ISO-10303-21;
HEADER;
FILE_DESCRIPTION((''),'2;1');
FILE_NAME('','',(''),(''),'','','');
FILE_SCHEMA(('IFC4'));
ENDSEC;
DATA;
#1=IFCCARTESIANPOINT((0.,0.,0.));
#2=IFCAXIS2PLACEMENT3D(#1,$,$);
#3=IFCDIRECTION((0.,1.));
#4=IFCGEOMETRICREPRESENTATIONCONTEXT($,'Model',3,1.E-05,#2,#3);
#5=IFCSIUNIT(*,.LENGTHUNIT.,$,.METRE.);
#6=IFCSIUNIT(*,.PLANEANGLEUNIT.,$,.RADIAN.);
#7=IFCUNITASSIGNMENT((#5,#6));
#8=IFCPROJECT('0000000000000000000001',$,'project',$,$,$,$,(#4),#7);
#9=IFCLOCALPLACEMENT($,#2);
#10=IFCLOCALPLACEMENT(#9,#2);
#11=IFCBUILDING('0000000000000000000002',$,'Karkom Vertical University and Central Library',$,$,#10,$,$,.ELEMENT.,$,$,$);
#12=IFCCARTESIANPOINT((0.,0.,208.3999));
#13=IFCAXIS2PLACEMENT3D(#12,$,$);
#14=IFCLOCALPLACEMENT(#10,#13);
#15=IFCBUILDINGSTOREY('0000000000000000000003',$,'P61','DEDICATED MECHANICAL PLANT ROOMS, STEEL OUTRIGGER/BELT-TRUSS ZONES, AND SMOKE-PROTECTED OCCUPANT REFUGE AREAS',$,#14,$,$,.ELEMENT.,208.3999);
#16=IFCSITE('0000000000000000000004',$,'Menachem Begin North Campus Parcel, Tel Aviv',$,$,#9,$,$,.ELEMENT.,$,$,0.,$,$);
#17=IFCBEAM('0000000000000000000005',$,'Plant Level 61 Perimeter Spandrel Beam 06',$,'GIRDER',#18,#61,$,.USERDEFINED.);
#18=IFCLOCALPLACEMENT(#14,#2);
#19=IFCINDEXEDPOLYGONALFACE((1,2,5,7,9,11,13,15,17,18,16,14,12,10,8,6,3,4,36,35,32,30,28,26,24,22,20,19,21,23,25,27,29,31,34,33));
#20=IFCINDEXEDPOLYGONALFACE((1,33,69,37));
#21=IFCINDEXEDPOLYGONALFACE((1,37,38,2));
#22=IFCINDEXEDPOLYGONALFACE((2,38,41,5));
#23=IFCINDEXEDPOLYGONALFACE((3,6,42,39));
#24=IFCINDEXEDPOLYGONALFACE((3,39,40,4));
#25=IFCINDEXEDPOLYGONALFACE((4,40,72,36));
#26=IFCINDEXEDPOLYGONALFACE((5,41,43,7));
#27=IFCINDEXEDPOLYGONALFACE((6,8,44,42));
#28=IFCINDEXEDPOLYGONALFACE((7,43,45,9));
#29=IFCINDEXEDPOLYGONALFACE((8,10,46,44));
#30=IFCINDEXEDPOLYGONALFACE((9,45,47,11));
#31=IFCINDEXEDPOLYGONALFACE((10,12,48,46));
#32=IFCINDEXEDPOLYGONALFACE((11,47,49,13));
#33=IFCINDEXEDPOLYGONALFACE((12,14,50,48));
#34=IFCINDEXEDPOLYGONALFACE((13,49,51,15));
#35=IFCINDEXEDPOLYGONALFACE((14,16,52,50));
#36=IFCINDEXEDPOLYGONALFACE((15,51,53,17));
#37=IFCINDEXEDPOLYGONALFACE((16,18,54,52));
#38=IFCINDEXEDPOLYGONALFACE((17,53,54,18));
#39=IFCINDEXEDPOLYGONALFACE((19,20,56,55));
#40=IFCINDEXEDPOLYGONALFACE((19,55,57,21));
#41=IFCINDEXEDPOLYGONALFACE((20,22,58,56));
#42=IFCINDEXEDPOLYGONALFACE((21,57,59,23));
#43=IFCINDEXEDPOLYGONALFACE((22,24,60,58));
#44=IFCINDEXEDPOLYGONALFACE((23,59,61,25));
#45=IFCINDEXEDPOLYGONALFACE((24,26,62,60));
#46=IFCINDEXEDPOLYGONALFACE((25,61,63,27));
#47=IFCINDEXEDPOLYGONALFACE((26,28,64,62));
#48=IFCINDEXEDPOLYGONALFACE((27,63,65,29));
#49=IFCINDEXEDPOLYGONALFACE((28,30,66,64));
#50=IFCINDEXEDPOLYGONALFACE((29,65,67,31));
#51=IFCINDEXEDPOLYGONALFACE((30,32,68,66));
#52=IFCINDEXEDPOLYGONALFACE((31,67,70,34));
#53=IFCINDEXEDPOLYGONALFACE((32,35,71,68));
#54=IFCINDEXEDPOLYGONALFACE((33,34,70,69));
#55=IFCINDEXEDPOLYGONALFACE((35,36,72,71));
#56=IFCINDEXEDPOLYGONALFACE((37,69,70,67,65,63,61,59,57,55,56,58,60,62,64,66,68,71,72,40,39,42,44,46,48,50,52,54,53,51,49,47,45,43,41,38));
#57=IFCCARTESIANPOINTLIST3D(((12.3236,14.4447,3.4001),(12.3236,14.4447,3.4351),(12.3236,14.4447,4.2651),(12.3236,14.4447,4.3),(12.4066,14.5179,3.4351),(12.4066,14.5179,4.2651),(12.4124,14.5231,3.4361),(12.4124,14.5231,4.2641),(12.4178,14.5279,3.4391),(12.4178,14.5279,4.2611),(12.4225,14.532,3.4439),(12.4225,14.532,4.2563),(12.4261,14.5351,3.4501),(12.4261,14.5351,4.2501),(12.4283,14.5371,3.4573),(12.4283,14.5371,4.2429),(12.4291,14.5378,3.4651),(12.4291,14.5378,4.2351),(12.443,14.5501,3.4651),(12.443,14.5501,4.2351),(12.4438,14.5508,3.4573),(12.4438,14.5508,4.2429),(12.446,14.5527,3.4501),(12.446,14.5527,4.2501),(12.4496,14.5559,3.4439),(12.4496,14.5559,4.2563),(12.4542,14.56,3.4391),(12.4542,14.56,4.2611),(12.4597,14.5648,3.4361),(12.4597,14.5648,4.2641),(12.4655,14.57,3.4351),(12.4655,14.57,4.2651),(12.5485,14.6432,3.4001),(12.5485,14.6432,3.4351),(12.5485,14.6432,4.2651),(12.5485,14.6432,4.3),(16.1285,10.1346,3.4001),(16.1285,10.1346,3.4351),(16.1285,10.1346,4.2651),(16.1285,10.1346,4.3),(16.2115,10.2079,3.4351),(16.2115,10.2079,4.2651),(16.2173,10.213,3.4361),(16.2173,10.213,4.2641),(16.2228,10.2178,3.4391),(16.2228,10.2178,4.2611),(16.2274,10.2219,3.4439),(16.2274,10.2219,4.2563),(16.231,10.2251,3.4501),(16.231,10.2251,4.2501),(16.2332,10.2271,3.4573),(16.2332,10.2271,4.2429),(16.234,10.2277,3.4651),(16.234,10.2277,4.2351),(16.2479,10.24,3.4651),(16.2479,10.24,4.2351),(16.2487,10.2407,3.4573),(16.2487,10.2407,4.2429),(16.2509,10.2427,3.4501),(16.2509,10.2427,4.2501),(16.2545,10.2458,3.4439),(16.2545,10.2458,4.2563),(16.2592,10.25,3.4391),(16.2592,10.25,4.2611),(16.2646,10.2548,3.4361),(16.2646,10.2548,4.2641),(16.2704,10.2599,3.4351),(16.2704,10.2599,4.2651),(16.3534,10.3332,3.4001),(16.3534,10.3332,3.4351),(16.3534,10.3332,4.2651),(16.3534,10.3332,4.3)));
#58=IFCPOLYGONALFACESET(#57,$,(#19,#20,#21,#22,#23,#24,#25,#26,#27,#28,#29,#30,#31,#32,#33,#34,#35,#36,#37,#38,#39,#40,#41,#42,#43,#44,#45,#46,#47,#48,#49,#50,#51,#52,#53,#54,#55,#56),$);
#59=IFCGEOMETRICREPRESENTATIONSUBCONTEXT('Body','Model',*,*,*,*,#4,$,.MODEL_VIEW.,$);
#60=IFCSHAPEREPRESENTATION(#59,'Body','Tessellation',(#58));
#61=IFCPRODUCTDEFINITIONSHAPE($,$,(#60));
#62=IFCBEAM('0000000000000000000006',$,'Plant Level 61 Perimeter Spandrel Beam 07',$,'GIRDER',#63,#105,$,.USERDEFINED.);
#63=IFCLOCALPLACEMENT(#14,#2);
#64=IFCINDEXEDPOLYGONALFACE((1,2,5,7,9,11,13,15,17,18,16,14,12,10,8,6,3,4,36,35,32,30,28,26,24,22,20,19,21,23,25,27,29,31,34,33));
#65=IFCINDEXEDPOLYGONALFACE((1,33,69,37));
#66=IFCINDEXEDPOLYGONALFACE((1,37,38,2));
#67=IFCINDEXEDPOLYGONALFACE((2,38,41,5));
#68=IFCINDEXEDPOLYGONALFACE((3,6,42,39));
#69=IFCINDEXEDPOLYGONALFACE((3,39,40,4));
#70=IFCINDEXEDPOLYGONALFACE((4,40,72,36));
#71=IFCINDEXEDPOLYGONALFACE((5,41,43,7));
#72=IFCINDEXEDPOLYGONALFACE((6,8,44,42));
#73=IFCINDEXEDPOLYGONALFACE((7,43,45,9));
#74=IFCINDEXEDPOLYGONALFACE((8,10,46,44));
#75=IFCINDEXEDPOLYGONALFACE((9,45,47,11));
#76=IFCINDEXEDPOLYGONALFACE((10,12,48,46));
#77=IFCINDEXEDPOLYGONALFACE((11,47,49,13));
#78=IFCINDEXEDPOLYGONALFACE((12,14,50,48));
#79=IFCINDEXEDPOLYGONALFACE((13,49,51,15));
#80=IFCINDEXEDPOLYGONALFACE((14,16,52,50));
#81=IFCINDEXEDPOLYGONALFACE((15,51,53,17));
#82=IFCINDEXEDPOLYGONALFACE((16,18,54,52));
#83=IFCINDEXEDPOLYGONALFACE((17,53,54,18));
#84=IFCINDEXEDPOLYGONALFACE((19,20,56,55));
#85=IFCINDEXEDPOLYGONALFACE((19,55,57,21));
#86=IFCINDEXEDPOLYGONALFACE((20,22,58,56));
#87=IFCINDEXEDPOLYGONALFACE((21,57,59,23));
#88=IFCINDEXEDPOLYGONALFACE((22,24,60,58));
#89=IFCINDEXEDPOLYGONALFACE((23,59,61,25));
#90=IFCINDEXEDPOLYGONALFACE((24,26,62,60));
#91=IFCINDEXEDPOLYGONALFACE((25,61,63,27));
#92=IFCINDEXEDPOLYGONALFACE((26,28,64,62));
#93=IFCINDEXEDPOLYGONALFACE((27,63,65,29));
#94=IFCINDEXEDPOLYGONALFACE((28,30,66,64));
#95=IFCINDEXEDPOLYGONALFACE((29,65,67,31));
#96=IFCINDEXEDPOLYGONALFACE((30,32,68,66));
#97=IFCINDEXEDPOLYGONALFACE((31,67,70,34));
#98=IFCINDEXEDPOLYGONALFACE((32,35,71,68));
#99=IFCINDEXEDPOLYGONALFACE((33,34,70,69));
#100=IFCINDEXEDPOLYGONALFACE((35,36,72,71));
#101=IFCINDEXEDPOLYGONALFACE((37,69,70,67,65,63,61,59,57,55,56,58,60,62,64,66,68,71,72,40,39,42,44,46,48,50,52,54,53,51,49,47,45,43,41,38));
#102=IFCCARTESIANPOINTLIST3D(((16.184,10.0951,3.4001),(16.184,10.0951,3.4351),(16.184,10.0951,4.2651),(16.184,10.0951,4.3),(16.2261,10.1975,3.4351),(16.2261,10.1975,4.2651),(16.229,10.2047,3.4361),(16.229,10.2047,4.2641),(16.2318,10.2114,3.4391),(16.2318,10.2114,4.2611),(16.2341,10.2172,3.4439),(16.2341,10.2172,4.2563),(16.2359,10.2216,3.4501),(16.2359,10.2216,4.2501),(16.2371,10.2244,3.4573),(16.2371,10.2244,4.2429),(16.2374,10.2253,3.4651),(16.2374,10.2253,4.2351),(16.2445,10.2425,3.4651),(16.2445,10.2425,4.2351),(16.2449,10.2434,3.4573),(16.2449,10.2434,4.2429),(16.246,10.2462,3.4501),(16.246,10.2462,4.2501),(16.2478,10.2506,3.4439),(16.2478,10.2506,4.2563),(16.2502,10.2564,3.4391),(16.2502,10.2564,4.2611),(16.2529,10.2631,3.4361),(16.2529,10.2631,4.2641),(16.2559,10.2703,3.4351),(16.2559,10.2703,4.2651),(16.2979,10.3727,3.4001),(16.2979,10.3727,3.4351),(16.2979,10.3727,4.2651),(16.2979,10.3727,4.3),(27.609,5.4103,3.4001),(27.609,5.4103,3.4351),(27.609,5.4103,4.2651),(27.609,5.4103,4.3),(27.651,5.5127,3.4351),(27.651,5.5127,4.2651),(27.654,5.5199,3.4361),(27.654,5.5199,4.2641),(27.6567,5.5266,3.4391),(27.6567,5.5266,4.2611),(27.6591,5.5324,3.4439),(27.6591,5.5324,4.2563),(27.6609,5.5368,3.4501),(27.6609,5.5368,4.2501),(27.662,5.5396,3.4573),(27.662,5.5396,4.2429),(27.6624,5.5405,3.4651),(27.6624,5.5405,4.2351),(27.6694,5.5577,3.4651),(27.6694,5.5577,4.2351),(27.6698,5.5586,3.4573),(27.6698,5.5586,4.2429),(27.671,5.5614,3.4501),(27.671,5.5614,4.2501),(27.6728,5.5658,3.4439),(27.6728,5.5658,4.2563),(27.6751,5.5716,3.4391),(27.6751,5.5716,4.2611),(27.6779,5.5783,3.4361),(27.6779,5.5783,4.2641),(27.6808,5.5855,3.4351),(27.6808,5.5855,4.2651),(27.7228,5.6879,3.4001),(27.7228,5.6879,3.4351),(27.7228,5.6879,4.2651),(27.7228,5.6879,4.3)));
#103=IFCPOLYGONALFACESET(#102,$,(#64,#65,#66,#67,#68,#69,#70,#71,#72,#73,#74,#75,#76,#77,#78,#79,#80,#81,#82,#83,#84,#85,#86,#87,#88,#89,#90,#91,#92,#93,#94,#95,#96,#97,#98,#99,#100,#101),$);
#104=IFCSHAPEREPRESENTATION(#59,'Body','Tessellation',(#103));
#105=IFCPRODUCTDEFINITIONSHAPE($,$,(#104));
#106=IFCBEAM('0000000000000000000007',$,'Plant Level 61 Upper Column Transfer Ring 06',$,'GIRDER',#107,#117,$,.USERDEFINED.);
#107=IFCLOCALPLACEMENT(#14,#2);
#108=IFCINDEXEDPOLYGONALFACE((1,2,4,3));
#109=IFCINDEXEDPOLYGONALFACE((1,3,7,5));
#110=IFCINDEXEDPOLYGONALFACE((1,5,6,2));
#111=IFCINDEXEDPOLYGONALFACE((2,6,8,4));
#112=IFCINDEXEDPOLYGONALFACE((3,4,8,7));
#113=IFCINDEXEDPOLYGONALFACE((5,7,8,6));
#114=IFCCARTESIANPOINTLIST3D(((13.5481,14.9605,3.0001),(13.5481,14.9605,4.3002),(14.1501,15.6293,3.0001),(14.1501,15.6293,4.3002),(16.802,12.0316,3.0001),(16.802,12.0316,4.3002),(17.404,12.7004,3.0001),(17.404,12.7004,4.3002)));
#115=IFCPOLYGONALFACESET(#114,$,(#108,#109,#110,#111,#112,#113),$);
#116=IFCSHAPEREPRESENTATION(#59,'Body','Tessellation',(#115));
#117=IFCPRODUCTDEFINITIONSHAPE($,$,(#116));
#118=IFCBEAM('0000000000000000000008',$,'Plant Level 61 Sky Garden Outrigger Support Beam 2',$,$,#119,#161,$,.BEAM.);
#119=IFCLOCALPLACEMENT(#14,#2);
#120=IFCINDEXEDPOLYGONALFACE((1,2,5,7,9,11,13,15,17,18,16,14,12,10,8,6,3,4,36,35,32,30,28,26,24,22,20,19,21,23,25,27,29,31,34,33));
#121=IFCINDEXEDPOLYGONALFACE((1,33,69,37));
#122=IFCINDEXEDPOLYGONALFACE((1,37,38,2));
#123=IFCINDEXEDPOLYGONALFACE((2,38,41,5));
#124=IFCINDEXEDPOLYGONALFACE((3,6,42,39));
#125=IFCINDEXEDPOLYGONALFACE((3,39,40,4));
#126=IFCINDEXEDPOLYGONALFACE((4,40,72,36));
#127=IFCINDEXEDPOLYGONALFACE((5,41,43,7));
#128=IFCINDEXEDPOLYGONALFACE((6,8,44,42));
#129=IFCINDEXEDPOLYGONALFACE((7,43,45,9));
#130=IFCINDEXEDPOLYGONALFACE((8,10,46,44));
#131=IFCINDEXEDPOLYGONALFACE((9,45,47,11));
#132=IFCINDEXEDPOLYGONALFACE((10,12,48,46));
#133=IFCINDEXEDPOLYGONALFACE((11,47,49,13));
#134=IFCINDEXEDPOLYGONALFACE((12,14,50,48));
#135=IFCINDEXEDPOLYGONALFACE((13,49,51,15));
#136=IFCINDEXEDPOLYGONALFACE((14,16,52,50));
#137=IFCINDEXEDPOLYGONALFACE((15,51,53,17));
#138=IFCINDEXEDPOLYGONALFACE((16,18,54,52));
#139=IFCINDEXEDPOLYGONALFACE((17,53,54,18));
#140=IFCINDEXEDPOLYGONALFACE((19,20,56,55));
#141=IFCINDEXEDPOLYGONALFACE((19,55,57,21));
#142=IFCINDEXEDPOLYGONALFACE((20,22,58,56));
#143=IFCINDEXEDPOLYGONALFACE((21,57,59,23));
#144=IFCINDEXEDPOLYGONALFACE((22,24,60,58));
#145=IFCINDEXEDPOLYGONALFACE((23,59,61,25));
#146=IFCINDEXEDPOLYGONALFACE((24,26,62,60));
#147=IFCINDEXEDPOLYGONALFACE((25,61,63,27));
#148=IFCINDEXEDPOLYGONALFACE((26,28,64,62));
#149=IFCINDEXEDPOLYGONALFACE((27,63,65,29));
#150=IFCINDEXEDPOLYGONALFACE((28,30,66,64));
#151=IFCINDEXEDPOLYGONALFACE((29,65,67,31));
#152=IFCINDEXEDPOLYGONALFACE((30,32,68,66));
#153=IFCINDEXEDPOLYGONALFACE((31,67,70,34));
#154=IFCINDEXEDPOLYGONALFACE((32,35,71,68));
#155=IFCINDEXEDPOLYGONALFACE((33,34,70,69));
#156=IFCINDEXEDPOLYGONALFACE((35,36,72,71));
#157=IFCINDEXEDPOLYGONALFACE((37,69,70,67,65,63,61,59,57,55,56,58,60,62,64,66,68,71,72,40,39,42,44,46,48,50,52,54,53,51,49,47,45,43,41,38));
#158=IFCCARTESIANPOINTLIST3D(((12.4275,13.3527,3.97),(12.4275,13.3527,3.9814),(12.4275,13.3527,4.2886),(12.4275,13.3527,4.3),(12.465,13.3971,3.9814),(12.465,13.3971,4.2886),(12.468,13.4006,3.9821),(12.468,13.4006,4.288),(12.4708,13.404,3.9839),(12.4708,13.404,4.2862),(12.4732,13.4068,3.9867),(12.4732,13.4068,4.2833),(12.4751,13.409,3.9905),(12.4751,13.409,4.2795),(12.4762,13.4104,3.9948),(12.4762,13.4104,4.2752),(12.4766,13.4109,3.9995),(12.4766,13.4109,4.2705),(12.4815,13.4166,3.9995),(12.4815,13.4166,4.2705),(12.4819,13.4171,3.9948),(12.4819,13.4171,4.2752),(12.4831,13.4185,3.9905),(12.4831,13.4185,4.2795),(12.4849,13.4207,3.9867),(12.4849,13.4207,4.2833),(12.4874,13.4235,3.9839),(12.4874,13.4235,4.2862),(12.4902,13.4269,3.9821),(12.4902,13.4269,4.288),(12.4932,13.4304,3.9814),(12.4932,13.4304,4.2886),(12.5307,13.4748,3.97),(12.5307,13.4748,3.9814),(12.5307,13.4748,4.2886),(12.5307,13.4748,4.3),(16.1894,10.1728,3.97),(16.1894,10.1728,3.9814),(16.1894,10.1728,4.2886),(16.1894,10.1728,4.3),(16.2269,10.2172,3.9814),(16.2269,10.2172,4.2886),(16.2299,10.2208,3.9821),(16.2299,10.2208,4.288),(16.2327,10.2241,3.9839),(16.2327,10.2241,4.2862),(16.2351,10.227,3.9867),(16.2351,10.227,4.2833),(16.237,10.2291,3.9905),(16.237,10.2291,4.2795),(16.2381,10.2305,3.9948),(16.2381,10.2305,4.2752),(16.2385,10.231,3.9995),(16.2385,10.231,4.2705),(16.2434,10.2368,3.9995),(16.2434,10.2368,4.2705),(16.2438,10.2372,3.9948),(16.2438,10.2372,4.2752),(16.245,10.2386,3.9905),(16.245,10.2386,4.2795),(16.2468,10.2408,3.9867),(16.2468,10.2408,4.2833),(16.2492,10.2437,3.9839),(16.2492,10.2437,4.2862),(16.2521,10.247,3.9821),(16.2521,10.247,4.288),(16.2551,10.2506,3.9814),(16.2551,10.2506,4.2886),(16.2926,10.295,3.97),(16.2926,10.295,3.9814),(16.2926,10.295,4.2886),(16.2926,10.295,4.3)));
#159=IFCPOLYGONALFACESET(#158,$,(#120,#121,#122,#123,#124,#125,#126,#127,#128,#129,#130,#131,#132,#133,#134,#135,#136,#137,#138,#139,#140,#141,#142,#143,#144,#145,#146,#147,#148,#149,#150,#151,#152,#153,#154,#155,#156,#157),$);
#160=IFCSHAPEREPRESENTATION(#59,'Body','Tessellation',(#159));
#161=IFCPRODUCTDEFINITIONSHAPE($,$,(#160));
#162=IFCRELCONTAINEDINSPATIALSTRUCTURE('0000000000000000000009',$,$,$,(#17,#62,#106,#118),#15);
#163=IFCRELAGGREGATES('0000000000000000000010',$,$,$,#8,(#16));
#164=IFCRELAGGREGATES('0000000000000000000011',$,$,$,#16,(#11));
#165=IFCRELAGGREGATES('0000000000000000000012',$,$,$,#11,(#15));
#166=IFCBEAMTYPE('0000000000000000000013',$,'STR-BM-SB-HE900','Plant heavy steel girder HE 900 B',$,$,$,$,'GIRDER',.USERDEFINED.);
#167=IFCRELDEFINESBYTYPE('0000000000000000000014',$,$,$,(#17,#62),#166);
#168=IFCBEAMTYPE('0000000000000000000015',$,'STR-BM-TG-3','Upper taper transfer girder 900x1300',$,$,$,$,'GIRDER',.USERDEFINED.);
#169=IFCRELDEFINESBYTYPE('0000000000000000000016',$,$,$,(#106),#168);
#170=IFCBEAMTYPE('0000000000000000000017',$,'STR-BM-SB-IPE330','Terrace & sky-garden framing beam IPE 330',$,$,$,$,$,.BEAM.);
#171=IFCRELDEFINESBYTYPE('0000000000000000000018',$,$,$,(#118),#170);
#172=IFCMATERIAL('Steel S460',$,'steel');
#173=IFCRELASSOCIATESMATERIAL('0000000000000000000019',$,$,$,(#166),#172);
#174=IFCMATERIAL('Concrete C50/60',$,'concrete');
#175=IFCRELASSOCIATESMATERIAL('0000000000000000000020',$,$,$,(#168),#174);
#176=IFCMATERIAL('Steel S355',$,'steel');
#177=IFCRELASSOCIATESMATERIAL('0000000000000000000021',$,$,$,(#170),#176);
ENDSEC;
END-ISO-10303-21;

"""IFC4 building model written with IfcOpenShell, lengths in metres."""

from ifc_helpers import new_model, si_unit, direction, frame, origin, origin_with_axes, origin_2d, place, context, subcontext, project, spatial, rectangle, i_section, extrude, source, transform, mapped, material, material_profile, profile_set, type_object, element, save


model = new_model("IFC4")

# Units and contexts
model_context = context("Model", 3, precision=1e-05, world=origin(), true_north=direction((0.0, 1.0)))
body_context = subcontext(model_context, "Body", "Model", "MODEL_VIEW")
ifc_project = project(units=[si_unit("LENGTHUNIT", "METRE"), si_unit("PLANEANGLEUNIT", "RADIAN")], contexts=[model_context])

# Site, building, storey
site_placement = place(None, origin())
site = spatial("IfcSite", under=ifc_project, at=site_placement, Name="Menachem Begin North Campus Parcel, Tel Aviv", CompositionType="ELEMENT", RefElevation=0.0)
building_placement = place(site_placement, origin())
building = spatial("IfcBuilding", under=site, at=building_placement, Name="Karkom Vertical University and Central Library", CompositionType="ELEMENT")
storey_placement = place(building_placement, frame((0.0, 0.0, 208.3999)))
storey = spatial("IfcBuildingStorey", under=building, at=storey_placement, Name="P61", Description="DEDICATED MECHANICAL PLANT ROOMS, STEEL OUTRIGGER/BELT-TRUSS ZONES, AND SMOKE-PROTECTED OCCUPANT REFUGE AREAS", CompositionType="ELEMENT", Elevation=208.3999)

# Shared definitions
ifc_material_1 = material(Name="Concrete C50/60", Category="concrete")

# Beams
ifc_material_2 = material(Name="Steel S355", Category="steel")
ifc_material_3 = material(Name="Steel S460", Category="steel")
ifc_material_profile_1 = material_profile(ifc_material_3, i_section(OverallWidth=0.3, OverallDepth=0.8999, WebThickness=0.0186, FlangeThickness=0.0349, FilletRadius=0.03, at=origin_2d()), Name="HE 900 B")
ifc_profile_set_1 = profile_set([ifc_material_profile_1], Name="Steel S460")
beam_type_1 = type_object("IfcBeamType", Name="STR-BM-SB-HE900", Description="Plant heavy steel girder HE 900 B", ElementType="GIRDER", PredefinedType="USERDEFINED", material=ifc_profile_set_1)
shared_shape_1 = source(origin_with_axes(), body_context, "Body", "SweptSolid", [
    extrude(i_section(OverallWidth=0.3, OverallDepth=0.8999, WebThickness=0.0186, FlangeThickness=0.0349, FilletRadius=0.03, at=origin_2d()), origin(), (0.0, 0.0, 1.0), 5.7493),
])
beam_1_placement = place(storey_placement, frame((12.436, 14.5439, 3.8501), z_axis=(0.661811, -0.749671, 0.0), x_axis=(0.749671, 0.661811, 0.0)))
element("IfcBeam", 1, at=beam_1_placement, inside=storey, type_object=beam_type_1, Name="Plant Level 61 Perimeter Spandrel Beam 06", ObjectType="GIRDER", PredefinedType="USERDEFINED", context=body_context, shape_type="MappedRepresentation", body=[
    mapped(shared_shape_1, transform((0.0, 0.0, 0.0), scale=1.0)),
])
shared_shape_2 = source(origin_with_axes(), body_context, "Body", "SweptSolid", [
    extrude(i_section(OverallWidth=0.3, OverallDepth=0.8999, WebThickness=0.0186, FlangeThickness=0.0349, FilletRadius=0.03, at=origin_2d()), origin(), (0.0, 0.0, 1.0), 12.3481),
])
beam_2_placement = place(storey_placement, frame((16.241, 10.2339, 3.8501), z_axis=(0.925236, -0.379391, 0.0), x_axis=(0.379391, 0.925236, 0.0)))
element("IfcBeam", 2, at=beam_2_placement, inside=storey, type_object=beam_type_1, Name="Plant Level 61 Perimeter Spandrel Beam 07", ObjectType="GIRDER", PredefinedType="USERDEFINED", context=body_context, shape_type="MappedRepresentation", body=[
    mapped(shared_shape_2, transform((0.0, 0.0, 0.0), scale=1.0)),
])
ifc_material_profile_2 = material_profile(ifc_material_1, rectangle(XDim=0.8999, YDim=1.3, at=origin_2d()), Name="TG-900x1300")
ifc_profile_set_2 = profile_set([ifc_material_profile_2], Name="Concrete C50/60")
beam_type_2 = type_object("IfcBeamType", Name="STR-BM-TG-3", Description="Upper taper transfer girder 900x1300", ElementType="GIRDER", PredefinedType="USERDEFINED", material=ifc_profile_set_2)
shared_shape_3 = source(origin_with_axes(), body_context, "Body", "SweptSolid", [
    extrude(rectangle(XDim=0.8999, YDim=1.3, at=origin_2d()), origin(), (0.0, 0.0, 1.0), 4.3779),
])
beam_3_placement = place(storey_placement, frame((13.8491, 15.2949, 3.6501), z_axis=(0.743244, -0.66902, 0.0), x_axis=(0.66902, 0.743244, 0.0)))
element("IfcBeam", 3, at=beam_3_placement, inside=storey, type_object=beam_type_2, Name="Plant Level 61 Upper Column Transfer Ring 06", ObjectType="GIRDER", PredefinedType="USERDEFINED", context=body_context, shape_type="MappedRepresentation", body=[
    mapped(shared_shape_3, transform((0.0, 0.0, 0.0), scale=1.0)),
])
ifc_material_profile_3 = material_profile(ifc_material_2, i_section(OverallWidth=0.1599, OverallDepth=0.3301, WebThickness=0.0076, FlangeThickness=0.0115, FilletRadius=0.0181, at=origin_2d()), Name="IPE 330")
ifc_profile_set_3 = profile_set([ifc_material_profile_3], Name="Steel S355")
beam_type_3 = type_object("IfcBeamType", Name="STR-BM-SB-IPE330", Description="Terrace & sky-garden framing beam IPE 330", PredefinedType="BEAM", material=ifc_profile_set_3)
shared_shape_4 = source(origin_with_axes(), body_context, "Body", "SweptSolid", [
    extrude(i_section(OverallWidth=0.1599, OverallDepth=0.3301, WebThickness=0.0076, FlangeThickness=0.0115, FilletRadius=0.0181, at=origin_2d()), origin(), (0.0, 0.0, 1.0), 4.9258),
])
beam_4_placement = place(storey_placement, frame((16.241, 10.2339, 4.135), z_axis=(-0.763713, 0.645556, 0.0), x_axis=(-0.645556, -0.763713, 0.0)))
element("IfcBeam", 4, at=beam_4_placement, inside=storey, type_object=beam_type_3, Name="Plant Level 61 Sky Garden Outrigger Support Beam 2", PredefinedType="BEAM", context=body_context, shape_type="MappedRepresentation", body=[
    mapped(shared_shape_4, transform((0.0, 0.0, 0.0), scale=1.0)),
])

save(model, "model.ifc")
